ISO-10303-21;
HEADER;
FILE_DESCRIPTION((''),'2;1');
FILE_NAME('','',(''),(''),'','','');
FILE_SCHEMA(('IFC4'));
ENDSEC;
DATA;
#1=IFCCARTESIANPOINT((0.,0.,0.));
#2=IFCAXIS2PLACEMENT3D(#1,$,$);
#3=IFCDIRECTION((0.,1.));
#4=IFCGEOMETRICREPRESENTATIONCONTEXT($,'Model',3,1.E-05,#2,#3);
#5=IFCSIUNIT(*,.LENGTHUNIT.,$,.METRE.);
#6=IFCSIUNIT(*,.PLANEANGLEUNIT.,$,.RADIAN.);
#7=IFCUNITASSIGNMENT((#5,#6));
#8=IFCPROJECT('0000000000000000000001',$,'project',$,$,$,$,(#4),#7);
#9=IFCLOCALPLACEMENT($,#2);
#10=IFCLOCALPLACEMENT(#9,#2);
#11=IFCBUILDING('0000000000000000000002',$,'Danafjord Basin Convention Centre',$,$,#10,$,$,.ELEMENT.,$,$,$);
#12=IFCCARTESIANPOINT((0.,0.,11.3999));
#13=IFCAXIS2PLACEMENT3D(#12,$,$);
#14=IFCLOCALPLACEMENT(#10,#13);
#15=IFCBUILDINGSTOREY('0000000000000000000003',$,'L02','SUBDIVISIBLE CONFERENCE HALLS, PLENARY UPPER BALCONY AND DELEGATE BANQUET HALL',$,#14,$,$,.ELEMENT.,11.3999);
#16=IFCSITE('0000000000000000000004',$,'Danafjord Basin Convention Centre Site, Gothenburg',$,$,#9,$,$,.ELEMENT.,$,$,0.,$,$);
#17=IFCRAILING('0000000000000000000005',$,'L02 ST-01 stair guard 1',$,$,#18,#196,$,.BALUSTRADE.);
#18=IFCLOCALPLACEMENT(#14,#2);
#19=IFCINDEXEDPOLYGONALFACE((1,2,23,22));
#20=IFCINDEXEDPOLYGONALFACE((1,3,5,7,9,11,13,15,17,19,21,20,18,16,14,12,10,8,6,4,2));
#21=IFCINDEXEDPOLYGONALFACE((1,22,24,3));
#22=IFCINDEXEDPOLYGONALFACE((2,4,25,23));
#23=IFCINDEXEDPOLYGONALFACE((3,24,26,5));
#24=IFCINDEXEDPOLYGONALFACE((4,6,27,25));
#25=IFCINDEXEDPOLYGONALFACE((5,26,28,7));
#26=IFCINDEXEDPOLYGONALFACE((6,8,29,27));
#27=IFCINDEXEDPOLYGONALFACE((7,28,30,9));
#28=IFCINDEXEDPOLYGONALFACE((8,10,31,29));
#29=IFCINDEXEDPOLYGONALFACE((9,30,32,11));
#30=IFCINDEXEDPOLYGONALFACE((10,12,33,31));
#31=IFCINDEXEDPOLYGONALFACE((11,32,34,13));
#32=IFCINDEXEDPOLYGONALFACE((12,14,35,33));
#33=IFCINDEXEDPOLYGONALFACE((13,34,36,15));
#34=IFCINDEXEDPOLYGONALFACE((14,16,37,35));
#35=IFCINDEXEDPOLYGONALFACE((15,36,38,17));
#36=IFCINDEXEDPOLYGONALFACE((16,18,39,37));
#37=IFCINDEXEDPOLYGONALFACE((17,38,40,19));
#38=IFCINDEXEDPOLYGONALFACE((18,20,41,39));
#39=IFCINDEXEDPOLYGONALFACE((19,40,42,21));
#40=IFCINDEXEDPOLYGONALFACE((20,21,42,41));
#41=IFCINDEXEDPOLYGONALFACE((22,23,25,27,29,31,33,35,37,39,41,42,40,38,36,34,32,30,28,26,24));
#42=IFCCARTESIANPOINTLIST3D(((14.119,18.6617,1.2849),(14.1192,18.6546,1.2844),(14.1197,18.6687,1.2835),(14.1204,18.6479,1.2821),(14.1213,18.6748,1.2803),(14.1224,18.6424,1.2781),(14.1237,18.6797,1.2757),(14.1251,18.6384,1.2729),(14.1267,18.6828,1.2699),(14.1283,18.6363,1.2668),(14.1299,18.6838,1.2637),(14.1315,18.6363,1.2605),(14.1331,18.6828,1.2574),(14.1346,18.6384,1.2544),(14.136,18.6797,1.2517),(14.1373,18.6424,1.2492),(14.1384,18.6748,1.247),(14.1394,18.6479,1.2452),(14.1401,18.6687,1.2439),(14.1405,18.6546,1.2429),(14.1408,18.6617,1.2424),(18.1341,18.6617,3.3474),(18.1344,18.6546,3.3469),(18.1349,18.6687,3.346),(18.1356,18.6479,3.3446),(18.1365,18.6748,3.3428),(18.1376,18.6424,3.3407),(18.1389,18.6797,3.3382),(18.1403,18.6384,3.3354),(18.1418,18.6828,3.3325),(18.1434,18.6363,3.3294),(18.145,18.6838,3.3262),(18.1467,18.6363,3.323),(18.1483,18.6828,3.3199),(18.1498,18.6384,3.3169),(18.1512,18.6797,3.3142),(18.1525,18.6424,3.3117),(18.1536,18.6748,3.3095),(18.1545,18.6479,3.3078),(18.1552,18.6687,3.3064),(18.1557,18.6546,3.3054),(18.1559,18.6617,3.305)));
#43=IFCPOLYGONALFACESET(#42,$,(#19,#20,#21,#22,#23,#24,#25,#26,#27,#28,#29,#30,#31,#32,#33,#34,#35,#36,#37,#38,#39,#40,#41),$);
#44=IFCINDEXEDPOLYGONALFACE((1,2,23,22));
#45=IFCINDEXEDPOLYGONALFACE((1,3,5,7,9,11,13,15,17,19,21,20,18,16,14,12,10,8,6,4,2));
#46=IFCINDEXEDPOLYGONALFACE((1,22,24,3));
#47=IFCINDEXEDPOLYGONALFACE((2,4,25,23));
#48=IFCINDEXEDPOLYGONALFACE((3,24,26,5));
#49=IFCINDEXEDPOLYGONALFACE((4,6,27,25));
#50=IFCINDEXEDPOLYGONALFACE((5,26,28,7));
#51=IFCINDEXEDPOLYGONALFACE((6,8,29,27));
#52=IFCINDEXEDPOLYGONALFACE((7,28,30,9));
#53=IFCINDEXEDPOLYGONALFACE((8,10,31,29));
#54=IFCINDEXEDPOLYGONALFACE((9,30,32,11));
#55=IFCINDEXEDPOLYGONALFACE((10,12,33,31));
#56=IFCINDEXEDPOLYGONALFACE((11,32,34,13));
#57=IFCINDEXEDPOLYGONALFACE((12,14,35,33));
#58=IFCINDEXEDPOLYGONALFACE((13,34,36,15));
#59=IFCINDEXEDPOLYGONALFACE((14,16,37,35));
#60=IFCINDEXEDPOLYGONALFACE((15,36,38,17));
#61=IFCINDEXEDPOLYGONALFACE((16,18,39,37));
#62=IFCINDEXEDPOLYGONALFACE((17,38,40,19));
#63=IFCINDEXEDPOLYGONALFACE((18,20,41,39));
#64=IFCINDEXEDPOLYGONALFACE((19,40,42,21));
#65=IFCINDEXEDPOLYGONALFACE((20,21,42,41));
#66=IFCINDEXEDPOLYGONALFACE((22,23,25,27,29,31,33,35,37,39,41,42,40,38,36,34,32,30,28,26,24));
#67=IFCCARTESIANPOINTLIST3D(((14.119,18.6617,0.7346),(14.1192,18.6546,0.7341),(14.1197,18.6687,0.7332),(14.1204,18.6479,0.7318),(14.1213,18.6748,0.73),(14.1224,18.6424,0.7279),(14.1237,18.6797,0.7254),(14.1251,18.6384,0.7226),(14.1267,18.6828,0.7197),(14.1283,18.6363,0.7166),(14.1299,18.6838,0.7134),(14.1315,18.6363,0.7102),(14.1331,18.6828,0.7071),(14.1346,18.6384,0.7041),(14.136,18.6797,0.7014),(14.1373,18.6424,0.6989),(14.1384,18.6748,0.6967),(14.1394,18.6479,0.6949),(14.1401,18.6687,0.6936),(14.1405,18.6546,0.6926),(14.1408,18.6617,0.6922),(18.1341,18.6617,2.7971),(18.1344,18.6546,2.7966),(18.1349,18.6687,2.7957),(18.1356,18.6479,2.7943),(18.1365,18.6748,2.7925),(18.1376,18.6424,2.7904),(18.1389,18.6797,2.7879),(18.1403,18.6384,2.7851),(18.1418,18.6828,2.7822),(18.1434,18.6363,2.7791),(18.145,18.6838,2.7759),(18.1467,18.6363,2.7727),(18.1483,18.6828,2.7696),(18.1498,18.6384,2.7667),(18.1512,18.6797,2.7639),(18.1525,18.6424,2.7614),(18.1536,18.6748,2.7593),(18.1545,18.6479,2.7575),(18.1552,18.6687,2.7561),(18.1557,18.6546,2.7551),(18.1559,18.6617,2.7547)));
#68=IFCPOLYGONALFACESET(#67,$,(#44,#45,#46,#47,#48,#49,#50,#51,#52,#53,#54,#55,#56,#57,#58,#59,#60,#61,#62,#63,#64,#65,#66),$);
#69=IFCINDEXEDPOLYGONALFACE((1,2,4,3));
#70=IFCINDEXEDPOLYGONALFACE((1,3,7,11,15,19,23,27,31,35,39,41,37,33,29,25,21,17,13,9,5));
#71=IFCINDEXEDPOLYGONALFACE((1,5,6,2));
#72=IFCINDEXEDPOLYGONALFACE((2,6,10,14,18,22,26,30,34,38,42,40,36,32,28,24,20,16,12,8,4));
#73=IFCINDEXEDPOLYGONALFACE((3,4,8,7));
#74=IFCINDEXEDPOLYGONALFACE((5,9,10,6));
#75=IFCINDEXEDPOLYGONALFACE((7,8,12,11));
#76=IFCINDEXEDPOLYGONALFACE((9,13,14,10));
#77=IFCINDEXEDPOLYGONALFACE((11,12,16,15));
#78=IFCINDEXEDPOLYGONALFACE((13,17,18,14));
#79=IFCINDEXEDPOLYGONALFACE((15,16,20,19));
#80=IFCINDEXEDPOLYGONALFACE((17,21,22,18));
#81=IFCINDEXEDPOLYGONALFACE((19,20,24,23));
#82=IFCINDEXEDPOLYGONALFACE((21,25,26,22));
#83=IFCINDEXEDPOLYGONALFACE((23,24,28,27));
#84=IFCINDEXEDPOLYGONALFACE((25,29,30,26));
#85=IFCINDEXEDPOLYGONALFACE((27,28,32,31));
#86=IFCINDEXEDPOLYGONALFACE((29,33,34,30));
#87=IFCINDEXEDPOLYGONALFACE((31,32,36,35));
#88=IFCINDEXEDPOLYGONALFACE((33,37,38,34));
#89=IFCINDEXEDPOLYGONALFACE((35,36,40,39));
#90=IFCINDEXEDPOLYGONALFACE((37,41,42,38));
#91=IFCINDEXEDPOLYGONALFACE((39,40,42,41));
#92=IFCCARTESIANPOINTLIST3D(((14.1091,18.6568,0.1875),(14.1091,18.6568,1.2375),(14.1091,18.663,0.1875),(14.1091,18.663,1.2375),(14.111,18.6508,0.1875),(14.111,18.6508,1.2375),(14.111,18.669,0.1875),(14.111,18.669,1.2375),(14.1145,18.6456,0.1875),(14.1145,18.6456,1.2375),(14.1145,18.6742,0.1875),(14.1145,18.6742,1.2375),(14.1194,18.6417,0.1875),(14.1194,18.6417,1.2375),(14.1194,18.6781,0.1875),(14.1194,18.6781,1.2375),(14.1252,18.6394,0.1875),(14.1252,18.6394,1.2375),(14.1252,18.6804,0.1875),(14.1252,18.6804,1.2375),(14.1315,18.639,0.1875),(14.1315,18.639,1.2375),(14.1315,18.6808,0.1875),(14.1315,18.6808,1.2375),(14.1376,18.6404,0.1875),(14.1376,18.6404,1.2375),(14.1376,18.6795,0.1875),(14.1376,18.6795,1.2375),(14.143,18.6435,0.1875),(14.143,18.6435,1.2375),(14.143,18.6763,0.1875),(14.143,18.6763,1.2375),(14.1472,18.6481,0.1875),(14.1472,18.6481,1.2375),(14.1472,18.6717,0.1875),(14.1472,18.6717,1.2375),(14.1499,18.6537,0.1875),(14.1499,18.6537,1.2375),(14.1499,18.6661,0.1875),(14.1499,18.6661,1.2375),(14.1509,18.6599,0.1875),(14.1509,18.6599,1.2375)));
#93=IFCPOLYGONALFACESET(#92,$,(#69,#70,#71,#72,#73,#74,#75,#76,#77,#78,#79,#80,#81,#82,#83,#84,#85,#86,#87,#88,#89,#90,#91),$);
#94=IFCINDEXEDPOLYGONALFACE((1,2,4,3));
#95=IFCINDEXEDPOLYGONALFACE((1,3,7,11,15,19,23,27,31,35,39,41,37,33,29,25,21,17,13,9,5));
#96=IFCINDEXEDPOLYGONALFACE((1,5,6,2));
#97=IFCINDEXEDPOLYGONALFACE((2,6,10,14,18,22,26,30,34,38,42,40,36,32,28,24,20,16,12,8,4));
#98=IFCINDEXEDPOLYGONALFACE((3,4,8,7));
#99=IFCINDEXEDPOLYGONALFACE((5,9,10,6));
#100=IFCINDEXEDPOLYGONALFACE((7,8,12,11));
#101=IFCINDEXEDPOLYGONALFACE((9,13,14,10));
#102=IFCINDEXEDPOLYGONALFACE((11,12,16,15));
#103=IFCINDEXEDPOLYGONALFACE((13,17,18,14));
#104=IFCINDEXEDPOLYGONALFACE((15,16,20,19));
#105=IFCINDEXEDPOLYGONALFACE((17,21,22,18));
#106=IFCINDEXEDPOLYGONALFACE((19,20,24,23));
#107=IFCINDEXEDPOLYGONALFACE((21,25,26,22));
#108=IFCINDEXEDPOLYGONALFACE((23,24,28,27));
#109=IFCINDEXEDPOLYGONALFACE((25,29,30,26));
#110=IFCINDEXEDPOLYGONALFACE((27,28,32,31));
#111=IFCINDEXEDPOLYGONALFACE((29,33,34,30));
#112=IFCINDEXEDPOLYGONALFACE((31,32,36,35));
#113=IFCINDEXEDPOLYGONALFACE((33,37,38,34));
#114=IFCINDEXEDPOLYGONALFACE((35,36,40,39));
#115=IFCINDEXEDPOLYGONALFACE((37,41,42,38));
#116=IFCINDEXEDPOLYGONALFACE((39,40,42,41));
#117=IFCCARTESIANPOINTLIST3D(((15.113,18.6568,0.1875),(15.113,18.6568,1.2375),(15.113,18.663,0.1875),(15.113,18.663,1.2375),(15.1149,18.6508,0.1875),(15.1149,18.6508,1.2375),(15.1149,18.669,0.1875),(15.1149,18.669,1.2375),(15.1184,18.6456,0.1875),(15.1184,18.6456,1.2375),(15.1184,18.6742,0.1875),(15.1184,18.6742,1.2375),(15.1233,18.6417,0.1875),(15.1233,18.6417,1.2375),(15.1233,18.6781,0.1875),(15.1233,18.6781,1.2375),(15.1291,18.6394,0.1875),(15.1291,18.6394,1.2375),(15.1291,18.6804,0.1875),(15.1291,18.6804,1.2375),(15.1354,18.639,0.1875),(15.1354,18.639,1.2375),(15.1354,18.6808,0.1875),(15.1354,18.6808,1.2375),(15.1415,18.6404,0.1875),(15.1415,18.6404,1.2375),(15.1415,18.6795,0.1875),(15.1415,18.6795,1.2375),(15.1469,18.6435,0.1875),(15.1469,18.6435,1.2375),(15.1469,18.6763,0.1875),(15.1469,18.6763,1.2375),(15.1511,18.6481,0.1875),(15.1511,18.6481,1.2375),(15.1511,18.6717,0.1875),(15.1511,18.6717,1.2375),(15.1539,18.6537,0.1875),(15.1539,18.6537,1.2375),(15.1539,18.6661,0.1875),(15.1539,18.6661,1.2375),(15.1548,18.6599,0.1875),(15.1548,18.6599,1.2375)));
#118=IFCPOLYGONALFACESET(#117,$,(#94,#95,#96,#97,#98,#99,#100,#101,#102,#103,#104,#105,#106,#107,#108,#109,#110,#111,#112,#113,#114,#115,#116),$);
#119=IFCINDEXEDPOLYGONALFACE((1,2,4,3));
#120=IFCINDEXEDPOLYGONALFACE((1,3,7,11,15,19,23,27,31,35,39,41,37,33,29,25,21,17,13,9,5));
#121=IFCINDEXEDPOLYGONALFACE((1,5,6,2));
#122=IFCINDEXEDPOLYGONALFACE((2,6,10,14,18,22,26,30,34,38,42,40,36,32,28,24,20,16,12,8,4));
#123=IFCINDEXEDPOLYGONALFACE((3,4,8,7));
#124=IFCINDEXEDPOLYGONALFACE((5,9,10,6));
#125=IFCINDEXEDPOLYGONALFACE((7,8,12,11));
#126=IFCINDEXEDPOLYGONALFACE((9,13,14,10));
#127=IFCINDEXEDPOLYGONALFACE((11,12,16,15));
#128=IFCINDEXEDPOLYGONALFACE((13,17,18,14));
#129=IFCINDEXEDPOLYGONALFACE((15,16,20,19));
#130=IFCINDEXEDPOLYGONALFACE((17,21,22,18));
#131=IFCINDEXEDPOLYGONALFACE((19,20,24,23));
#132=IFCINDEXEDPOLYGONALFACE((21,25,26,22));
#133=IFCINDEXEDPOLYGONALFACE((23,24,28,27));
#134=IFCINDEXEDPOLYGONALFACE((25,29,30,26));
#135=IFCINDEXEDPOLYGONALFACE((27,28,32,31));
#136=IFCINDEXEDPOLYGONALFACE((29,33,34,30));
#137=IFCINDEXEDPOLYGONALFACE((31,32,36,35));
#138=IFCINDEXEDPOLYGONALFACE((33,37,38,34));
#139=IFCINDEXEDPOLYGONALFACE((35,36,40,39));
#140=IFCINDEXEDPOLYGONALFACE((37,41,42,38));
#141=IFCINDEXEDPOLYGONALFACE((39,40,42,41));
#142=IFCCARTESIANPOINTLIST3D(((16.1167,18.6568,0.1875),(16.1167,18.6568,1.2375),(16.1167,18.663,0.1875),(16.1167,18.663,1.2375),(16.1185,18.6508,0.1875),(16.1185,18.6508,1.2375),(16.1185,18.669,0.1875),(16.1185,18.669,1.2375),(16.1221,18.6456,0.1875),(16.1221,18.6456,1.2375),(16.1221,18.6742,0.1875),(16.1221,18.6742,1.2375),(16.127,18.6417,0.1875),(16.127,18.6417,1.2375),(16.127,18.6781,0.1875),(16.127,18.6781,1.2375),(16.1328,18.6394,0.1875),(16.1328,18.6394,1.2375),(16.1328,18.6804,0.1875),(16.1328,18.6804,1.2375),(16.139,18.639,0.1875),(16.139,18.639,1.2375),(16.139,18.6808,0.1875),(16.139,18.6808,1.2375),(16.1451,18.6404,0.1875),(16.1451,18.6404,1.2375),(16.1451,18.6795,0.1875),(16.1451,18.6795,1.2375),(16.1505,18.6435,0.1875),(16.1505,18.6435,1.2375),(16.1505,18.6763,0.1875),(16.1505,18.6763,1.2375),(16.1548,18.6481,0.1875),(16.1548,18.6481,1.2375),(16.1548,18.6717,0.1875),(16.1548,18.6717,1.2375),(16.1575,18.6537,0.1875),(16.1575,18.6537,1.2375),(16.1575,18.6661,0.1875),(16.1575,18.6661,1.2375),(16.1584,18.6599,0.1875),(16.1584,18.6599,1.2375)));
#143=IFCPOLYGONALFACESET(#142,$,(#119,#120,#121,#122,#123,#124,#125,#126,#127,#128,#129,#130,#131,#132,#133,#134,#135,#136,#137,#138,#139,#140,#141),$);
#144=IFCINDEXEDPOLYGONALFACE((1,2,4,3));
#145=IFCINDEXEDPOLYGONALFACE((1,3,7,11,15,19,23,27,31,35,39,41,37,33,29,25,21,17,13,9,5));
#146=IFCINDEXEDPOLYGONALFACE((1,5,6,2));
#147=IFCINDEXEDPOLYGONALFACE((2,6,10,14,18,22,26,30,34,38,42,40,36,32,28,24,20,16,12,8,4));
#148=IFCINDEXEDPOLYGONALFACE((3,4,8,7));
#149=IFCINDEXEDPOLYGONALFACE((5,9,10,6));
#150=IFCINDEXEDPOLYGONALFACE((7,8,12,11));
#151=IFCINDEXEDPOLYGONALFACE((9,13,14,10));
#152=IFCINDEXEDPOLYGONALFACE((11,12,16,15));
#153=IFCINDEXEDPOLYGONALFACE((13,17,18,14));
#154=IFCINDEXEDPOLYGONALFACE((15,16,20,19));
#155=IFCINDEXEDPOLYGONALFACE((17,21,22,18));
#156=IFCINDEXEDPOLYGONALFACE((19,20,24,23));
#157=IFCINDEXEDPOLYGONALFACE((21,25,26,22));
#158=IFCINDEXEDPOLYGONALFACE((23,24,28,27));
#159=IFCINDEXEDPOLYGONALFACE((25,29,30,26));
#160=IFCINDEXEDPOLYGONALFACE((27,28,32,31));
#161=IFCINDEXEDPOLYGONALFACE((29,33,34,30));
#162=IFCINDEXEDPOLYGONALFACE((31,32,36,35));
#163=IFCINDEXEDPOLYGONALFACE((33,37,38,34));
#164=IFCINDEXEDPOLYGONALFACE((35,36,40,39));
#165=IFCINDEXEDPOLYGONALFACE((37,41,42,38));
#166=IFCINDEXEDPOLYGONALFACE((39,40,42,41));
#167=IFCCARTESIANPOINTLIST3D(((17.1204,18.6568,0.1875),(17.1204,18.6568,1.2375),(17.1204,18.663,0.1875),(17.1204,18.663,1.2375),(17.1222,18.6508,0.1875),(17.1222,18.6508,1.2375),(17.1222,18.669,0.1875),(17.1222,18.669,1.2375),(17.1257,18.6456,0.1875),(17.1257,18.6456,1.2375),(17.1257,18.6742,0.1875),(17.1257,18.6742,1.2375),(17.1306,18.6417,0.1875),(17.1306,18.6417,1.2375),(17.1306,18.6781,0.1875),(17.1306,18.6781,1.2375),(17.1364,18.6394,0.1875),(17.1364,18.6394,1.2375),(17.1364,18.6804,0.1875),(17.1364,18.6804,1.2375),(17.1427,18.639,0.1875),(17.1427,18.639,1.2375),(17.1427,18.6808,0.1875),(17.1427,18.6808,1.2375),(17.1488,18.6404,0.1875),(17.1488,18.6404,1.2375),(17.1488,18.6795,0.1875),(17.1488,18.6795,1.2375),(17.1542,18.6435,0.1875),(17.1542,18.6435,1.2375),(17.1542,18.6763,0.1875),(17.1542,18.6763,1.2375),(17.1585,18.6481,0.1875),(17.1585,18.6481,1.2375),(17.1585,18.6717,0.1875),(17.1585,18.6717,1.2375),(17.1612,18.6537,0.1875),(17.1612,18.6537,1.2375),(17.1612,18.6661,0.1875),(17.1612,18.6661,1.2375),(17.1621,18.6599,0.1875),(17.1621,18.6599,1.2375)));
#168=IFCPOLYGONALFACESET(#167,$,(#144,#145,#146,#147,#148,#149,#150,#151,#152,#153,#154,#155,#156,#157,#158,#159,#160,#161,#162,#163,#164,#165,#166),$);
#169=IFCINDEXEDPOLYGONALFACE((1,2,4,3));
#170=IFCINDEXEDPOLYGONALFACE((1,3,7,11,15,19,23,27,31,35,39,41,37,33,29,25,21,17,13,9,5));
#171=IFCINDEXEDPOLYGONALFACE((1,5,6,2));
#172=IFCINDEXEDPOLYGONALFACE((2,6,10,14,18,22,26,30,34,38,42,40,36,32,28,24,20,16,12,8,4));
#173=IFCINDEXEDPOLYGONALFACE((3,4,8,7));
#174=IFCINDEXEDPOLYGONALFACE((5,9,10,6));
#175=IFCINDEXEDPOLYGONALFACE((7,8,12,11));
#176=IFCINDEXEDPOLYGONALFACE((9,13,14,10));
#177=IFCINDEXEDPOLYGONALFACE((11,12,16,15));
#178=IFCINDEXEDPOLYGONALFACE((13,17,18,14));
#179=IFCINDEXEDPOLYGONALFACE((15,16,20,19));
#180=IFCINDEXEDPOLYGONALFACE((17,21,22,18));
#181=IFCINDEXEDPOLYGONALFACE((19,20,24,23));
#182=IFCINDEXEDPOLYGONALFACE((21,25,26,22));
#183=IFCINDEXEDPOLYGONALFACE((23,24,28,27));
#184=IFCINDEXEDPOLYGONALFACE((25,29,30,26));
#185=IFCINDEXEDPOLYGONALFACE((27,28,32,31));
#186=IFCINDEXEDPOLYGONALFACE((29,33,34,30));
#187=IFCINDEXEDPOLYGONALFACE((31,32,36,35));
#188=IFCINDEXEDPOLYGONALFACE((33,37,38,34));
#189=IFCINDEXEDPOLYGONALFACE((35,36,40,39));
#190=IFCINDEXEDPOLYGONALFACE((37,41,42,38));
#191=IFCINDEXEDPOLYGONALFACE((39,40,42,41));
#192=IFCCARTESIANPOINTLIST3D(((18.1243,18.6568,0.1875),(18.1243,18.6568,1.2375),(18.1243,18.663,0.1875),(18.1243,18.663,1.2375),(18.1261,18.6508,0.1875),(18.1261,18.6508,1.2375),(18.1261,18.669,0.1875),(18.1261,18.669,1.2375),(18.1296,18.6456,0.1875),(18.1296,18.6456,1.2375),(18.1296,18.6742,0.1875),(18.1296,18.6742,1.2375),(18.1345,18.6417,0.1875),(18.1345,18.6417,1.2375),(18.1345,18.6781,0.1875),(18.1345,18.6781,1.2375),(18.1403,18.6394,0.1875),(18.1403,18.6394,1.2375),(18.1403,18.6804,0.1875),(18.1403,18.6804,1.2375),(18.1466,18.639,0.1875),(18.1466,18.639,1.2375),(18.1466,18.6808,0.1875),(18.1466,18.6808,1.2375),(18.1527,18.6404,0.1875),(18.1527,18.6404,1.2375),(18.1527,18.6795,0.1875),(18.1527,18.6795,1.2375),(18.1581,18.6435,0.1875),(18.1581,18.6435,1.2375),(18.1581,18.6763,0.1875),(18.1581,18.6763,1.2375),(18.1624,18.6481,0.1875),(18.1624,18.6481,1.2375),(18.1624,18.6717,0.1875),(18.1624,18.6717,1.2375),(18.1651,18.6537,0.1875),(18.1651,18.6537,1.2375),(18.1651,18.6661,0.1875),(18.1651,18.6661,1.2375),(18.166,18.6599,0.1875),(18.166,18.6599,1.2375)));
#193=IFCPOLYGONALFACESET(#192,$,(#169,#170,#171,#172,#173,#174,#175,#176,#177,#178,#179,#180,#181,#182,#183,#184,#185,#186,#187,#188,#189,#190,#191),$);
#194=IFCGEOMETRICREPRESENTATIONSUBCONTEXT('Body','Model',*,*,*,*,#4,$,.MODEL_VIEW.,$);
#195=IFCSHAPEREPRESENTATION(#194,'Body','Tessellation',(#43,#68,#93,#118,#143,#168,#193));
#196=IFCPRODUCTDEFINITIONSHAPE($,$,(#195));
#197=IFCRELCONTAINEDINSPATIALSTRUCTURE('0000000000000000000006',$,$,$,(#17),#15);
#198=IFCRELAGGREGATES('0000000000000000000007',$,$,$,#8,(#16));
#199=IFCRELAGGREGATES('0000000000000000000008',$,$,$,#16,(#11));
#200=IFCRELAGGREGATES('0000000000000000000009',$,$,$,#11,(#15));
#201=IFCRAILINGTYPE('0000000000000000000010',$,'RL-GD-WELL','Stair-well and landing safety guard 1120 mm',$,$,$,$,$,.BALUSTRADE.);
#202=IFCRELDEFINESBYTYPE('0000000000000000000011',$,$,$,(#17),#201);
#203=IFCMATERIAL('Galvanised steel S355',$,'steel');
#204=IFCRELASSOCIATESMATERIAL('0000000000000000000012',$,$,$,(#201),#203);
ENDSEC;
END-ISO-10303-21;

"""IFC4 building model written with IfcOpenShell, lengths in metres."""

from ifc_helpers import new_model, si_unit, direction, frame, origin, origin_2d, place, context, subcontext, project, spatial, circle, extrude, material, type_object, element, save


model = new_model("IFC4")

# Units and contexts
model_context = context("Model", 3, precision=1e-05, world=origin(), true_north=direction((0.0, 1.0)))
body_context = subcontext(model_context, "Body", "Model", "MODEL_VIEW")
ifc_project = project(units=[si_unit("LENGTHUNIT", "METRE"), si_unit("PLANEANGLEUNIT", "RADIAN")], contexts=[model_context])

# Site, building, storey
site_placement = place(None, origin())
site = spatial("IfcSite", under=ifc_project, at=site_placement, Name="Danafjord Basin Convention Centre Site, Gothenburg", CompositionType="ELEMENT", RefElevation=0.0)
building_placement = place(site_placement, origin())
building = spatial("IfcBuilding", under=site, at=building_placement, Name="Danafjord Basin Convention Centre", CompositionType="ELEMENT")
storey_placement = place(building_placement, frame((0.0, 0.0, 11.3999)))
storey = spatial("IfcBuildingStorey", under=building, at=storey_placement, Name="L02", Description="SUBDIVISIBLE CONFERENCE HALLS, PLENARY UPPER BALCONY AND DELEGATE BANQUET HALL", CompositionType="ELEMENT", Elevation=11.3999)

# Railing
ifc_material_1 = material(Name="Galvanised steel S355", Category="steel")
railing_type_1 = type_object("IfcRailingType", Name="RL-GD-WELL", Description="Stair-well and landing safety guard 1120 mm", PredefinedType="BALUSTRADE", material=ifc_material_1)
railing_1_placement = place(storey_placement, frame((14.1299, 18.6599, 0.1875)))
element("IfcRailing", 1, at=railing_1_placement, inside=storey, type_object=railing_type_1, Name="L02 ST-01 stair guard 1", PredefinedType="BALUSTRADE", context=body_context, shape_type="SweptSolid", body=[
    extrude(circle(Radius=0.0239, at=origin_2d()), frame((0.0, 0.0, 1.0762), z_axis=(0.889506, 0.0, 0.456923), x_axis=(0.0, 1.0, 0.0)), (0.0, 0.0, 1.0), 4.5139),
    extrude(circle(Radius=0.0239, at=origin_2d()), frame((0.0, 0.0, 0.5259), z_axis=(0.889506, 0.0, 0.456923), x_axis=(0.0, 1.0, 0.0)), (0.0, 0.0, 1.0), 4.5139),
    extrude(circle(Radius=0.021, at=origin_2d()), origin(), (0.0, 0.0, 1.0), 1.05),
    extrude(circle(Radius=0.021, at=origin_2d()), frame((1.0039, 0.0, 0.0)), (0.0, 0.0, 1.0), 1.05),
    extrude(circle(Radius=0.021, at=origin_2d()), frame((2.0076, 0.0, 0.0)), (0.0, 0.0, 1.0), 1.05),
    extrude(circle(Radius=0.021, at=origin_2d()), frame((3.0112, 0.0, 0.0)), (0.0, 0.0, 1.0), 1.05),
    extrude(circle(Radius=0.021, at=origin_2d()), frame((4.0151, 0.0, 0.0)), (0.0, 0.0, 1.0), 1.05),
])

save(model, "model.ifc")
